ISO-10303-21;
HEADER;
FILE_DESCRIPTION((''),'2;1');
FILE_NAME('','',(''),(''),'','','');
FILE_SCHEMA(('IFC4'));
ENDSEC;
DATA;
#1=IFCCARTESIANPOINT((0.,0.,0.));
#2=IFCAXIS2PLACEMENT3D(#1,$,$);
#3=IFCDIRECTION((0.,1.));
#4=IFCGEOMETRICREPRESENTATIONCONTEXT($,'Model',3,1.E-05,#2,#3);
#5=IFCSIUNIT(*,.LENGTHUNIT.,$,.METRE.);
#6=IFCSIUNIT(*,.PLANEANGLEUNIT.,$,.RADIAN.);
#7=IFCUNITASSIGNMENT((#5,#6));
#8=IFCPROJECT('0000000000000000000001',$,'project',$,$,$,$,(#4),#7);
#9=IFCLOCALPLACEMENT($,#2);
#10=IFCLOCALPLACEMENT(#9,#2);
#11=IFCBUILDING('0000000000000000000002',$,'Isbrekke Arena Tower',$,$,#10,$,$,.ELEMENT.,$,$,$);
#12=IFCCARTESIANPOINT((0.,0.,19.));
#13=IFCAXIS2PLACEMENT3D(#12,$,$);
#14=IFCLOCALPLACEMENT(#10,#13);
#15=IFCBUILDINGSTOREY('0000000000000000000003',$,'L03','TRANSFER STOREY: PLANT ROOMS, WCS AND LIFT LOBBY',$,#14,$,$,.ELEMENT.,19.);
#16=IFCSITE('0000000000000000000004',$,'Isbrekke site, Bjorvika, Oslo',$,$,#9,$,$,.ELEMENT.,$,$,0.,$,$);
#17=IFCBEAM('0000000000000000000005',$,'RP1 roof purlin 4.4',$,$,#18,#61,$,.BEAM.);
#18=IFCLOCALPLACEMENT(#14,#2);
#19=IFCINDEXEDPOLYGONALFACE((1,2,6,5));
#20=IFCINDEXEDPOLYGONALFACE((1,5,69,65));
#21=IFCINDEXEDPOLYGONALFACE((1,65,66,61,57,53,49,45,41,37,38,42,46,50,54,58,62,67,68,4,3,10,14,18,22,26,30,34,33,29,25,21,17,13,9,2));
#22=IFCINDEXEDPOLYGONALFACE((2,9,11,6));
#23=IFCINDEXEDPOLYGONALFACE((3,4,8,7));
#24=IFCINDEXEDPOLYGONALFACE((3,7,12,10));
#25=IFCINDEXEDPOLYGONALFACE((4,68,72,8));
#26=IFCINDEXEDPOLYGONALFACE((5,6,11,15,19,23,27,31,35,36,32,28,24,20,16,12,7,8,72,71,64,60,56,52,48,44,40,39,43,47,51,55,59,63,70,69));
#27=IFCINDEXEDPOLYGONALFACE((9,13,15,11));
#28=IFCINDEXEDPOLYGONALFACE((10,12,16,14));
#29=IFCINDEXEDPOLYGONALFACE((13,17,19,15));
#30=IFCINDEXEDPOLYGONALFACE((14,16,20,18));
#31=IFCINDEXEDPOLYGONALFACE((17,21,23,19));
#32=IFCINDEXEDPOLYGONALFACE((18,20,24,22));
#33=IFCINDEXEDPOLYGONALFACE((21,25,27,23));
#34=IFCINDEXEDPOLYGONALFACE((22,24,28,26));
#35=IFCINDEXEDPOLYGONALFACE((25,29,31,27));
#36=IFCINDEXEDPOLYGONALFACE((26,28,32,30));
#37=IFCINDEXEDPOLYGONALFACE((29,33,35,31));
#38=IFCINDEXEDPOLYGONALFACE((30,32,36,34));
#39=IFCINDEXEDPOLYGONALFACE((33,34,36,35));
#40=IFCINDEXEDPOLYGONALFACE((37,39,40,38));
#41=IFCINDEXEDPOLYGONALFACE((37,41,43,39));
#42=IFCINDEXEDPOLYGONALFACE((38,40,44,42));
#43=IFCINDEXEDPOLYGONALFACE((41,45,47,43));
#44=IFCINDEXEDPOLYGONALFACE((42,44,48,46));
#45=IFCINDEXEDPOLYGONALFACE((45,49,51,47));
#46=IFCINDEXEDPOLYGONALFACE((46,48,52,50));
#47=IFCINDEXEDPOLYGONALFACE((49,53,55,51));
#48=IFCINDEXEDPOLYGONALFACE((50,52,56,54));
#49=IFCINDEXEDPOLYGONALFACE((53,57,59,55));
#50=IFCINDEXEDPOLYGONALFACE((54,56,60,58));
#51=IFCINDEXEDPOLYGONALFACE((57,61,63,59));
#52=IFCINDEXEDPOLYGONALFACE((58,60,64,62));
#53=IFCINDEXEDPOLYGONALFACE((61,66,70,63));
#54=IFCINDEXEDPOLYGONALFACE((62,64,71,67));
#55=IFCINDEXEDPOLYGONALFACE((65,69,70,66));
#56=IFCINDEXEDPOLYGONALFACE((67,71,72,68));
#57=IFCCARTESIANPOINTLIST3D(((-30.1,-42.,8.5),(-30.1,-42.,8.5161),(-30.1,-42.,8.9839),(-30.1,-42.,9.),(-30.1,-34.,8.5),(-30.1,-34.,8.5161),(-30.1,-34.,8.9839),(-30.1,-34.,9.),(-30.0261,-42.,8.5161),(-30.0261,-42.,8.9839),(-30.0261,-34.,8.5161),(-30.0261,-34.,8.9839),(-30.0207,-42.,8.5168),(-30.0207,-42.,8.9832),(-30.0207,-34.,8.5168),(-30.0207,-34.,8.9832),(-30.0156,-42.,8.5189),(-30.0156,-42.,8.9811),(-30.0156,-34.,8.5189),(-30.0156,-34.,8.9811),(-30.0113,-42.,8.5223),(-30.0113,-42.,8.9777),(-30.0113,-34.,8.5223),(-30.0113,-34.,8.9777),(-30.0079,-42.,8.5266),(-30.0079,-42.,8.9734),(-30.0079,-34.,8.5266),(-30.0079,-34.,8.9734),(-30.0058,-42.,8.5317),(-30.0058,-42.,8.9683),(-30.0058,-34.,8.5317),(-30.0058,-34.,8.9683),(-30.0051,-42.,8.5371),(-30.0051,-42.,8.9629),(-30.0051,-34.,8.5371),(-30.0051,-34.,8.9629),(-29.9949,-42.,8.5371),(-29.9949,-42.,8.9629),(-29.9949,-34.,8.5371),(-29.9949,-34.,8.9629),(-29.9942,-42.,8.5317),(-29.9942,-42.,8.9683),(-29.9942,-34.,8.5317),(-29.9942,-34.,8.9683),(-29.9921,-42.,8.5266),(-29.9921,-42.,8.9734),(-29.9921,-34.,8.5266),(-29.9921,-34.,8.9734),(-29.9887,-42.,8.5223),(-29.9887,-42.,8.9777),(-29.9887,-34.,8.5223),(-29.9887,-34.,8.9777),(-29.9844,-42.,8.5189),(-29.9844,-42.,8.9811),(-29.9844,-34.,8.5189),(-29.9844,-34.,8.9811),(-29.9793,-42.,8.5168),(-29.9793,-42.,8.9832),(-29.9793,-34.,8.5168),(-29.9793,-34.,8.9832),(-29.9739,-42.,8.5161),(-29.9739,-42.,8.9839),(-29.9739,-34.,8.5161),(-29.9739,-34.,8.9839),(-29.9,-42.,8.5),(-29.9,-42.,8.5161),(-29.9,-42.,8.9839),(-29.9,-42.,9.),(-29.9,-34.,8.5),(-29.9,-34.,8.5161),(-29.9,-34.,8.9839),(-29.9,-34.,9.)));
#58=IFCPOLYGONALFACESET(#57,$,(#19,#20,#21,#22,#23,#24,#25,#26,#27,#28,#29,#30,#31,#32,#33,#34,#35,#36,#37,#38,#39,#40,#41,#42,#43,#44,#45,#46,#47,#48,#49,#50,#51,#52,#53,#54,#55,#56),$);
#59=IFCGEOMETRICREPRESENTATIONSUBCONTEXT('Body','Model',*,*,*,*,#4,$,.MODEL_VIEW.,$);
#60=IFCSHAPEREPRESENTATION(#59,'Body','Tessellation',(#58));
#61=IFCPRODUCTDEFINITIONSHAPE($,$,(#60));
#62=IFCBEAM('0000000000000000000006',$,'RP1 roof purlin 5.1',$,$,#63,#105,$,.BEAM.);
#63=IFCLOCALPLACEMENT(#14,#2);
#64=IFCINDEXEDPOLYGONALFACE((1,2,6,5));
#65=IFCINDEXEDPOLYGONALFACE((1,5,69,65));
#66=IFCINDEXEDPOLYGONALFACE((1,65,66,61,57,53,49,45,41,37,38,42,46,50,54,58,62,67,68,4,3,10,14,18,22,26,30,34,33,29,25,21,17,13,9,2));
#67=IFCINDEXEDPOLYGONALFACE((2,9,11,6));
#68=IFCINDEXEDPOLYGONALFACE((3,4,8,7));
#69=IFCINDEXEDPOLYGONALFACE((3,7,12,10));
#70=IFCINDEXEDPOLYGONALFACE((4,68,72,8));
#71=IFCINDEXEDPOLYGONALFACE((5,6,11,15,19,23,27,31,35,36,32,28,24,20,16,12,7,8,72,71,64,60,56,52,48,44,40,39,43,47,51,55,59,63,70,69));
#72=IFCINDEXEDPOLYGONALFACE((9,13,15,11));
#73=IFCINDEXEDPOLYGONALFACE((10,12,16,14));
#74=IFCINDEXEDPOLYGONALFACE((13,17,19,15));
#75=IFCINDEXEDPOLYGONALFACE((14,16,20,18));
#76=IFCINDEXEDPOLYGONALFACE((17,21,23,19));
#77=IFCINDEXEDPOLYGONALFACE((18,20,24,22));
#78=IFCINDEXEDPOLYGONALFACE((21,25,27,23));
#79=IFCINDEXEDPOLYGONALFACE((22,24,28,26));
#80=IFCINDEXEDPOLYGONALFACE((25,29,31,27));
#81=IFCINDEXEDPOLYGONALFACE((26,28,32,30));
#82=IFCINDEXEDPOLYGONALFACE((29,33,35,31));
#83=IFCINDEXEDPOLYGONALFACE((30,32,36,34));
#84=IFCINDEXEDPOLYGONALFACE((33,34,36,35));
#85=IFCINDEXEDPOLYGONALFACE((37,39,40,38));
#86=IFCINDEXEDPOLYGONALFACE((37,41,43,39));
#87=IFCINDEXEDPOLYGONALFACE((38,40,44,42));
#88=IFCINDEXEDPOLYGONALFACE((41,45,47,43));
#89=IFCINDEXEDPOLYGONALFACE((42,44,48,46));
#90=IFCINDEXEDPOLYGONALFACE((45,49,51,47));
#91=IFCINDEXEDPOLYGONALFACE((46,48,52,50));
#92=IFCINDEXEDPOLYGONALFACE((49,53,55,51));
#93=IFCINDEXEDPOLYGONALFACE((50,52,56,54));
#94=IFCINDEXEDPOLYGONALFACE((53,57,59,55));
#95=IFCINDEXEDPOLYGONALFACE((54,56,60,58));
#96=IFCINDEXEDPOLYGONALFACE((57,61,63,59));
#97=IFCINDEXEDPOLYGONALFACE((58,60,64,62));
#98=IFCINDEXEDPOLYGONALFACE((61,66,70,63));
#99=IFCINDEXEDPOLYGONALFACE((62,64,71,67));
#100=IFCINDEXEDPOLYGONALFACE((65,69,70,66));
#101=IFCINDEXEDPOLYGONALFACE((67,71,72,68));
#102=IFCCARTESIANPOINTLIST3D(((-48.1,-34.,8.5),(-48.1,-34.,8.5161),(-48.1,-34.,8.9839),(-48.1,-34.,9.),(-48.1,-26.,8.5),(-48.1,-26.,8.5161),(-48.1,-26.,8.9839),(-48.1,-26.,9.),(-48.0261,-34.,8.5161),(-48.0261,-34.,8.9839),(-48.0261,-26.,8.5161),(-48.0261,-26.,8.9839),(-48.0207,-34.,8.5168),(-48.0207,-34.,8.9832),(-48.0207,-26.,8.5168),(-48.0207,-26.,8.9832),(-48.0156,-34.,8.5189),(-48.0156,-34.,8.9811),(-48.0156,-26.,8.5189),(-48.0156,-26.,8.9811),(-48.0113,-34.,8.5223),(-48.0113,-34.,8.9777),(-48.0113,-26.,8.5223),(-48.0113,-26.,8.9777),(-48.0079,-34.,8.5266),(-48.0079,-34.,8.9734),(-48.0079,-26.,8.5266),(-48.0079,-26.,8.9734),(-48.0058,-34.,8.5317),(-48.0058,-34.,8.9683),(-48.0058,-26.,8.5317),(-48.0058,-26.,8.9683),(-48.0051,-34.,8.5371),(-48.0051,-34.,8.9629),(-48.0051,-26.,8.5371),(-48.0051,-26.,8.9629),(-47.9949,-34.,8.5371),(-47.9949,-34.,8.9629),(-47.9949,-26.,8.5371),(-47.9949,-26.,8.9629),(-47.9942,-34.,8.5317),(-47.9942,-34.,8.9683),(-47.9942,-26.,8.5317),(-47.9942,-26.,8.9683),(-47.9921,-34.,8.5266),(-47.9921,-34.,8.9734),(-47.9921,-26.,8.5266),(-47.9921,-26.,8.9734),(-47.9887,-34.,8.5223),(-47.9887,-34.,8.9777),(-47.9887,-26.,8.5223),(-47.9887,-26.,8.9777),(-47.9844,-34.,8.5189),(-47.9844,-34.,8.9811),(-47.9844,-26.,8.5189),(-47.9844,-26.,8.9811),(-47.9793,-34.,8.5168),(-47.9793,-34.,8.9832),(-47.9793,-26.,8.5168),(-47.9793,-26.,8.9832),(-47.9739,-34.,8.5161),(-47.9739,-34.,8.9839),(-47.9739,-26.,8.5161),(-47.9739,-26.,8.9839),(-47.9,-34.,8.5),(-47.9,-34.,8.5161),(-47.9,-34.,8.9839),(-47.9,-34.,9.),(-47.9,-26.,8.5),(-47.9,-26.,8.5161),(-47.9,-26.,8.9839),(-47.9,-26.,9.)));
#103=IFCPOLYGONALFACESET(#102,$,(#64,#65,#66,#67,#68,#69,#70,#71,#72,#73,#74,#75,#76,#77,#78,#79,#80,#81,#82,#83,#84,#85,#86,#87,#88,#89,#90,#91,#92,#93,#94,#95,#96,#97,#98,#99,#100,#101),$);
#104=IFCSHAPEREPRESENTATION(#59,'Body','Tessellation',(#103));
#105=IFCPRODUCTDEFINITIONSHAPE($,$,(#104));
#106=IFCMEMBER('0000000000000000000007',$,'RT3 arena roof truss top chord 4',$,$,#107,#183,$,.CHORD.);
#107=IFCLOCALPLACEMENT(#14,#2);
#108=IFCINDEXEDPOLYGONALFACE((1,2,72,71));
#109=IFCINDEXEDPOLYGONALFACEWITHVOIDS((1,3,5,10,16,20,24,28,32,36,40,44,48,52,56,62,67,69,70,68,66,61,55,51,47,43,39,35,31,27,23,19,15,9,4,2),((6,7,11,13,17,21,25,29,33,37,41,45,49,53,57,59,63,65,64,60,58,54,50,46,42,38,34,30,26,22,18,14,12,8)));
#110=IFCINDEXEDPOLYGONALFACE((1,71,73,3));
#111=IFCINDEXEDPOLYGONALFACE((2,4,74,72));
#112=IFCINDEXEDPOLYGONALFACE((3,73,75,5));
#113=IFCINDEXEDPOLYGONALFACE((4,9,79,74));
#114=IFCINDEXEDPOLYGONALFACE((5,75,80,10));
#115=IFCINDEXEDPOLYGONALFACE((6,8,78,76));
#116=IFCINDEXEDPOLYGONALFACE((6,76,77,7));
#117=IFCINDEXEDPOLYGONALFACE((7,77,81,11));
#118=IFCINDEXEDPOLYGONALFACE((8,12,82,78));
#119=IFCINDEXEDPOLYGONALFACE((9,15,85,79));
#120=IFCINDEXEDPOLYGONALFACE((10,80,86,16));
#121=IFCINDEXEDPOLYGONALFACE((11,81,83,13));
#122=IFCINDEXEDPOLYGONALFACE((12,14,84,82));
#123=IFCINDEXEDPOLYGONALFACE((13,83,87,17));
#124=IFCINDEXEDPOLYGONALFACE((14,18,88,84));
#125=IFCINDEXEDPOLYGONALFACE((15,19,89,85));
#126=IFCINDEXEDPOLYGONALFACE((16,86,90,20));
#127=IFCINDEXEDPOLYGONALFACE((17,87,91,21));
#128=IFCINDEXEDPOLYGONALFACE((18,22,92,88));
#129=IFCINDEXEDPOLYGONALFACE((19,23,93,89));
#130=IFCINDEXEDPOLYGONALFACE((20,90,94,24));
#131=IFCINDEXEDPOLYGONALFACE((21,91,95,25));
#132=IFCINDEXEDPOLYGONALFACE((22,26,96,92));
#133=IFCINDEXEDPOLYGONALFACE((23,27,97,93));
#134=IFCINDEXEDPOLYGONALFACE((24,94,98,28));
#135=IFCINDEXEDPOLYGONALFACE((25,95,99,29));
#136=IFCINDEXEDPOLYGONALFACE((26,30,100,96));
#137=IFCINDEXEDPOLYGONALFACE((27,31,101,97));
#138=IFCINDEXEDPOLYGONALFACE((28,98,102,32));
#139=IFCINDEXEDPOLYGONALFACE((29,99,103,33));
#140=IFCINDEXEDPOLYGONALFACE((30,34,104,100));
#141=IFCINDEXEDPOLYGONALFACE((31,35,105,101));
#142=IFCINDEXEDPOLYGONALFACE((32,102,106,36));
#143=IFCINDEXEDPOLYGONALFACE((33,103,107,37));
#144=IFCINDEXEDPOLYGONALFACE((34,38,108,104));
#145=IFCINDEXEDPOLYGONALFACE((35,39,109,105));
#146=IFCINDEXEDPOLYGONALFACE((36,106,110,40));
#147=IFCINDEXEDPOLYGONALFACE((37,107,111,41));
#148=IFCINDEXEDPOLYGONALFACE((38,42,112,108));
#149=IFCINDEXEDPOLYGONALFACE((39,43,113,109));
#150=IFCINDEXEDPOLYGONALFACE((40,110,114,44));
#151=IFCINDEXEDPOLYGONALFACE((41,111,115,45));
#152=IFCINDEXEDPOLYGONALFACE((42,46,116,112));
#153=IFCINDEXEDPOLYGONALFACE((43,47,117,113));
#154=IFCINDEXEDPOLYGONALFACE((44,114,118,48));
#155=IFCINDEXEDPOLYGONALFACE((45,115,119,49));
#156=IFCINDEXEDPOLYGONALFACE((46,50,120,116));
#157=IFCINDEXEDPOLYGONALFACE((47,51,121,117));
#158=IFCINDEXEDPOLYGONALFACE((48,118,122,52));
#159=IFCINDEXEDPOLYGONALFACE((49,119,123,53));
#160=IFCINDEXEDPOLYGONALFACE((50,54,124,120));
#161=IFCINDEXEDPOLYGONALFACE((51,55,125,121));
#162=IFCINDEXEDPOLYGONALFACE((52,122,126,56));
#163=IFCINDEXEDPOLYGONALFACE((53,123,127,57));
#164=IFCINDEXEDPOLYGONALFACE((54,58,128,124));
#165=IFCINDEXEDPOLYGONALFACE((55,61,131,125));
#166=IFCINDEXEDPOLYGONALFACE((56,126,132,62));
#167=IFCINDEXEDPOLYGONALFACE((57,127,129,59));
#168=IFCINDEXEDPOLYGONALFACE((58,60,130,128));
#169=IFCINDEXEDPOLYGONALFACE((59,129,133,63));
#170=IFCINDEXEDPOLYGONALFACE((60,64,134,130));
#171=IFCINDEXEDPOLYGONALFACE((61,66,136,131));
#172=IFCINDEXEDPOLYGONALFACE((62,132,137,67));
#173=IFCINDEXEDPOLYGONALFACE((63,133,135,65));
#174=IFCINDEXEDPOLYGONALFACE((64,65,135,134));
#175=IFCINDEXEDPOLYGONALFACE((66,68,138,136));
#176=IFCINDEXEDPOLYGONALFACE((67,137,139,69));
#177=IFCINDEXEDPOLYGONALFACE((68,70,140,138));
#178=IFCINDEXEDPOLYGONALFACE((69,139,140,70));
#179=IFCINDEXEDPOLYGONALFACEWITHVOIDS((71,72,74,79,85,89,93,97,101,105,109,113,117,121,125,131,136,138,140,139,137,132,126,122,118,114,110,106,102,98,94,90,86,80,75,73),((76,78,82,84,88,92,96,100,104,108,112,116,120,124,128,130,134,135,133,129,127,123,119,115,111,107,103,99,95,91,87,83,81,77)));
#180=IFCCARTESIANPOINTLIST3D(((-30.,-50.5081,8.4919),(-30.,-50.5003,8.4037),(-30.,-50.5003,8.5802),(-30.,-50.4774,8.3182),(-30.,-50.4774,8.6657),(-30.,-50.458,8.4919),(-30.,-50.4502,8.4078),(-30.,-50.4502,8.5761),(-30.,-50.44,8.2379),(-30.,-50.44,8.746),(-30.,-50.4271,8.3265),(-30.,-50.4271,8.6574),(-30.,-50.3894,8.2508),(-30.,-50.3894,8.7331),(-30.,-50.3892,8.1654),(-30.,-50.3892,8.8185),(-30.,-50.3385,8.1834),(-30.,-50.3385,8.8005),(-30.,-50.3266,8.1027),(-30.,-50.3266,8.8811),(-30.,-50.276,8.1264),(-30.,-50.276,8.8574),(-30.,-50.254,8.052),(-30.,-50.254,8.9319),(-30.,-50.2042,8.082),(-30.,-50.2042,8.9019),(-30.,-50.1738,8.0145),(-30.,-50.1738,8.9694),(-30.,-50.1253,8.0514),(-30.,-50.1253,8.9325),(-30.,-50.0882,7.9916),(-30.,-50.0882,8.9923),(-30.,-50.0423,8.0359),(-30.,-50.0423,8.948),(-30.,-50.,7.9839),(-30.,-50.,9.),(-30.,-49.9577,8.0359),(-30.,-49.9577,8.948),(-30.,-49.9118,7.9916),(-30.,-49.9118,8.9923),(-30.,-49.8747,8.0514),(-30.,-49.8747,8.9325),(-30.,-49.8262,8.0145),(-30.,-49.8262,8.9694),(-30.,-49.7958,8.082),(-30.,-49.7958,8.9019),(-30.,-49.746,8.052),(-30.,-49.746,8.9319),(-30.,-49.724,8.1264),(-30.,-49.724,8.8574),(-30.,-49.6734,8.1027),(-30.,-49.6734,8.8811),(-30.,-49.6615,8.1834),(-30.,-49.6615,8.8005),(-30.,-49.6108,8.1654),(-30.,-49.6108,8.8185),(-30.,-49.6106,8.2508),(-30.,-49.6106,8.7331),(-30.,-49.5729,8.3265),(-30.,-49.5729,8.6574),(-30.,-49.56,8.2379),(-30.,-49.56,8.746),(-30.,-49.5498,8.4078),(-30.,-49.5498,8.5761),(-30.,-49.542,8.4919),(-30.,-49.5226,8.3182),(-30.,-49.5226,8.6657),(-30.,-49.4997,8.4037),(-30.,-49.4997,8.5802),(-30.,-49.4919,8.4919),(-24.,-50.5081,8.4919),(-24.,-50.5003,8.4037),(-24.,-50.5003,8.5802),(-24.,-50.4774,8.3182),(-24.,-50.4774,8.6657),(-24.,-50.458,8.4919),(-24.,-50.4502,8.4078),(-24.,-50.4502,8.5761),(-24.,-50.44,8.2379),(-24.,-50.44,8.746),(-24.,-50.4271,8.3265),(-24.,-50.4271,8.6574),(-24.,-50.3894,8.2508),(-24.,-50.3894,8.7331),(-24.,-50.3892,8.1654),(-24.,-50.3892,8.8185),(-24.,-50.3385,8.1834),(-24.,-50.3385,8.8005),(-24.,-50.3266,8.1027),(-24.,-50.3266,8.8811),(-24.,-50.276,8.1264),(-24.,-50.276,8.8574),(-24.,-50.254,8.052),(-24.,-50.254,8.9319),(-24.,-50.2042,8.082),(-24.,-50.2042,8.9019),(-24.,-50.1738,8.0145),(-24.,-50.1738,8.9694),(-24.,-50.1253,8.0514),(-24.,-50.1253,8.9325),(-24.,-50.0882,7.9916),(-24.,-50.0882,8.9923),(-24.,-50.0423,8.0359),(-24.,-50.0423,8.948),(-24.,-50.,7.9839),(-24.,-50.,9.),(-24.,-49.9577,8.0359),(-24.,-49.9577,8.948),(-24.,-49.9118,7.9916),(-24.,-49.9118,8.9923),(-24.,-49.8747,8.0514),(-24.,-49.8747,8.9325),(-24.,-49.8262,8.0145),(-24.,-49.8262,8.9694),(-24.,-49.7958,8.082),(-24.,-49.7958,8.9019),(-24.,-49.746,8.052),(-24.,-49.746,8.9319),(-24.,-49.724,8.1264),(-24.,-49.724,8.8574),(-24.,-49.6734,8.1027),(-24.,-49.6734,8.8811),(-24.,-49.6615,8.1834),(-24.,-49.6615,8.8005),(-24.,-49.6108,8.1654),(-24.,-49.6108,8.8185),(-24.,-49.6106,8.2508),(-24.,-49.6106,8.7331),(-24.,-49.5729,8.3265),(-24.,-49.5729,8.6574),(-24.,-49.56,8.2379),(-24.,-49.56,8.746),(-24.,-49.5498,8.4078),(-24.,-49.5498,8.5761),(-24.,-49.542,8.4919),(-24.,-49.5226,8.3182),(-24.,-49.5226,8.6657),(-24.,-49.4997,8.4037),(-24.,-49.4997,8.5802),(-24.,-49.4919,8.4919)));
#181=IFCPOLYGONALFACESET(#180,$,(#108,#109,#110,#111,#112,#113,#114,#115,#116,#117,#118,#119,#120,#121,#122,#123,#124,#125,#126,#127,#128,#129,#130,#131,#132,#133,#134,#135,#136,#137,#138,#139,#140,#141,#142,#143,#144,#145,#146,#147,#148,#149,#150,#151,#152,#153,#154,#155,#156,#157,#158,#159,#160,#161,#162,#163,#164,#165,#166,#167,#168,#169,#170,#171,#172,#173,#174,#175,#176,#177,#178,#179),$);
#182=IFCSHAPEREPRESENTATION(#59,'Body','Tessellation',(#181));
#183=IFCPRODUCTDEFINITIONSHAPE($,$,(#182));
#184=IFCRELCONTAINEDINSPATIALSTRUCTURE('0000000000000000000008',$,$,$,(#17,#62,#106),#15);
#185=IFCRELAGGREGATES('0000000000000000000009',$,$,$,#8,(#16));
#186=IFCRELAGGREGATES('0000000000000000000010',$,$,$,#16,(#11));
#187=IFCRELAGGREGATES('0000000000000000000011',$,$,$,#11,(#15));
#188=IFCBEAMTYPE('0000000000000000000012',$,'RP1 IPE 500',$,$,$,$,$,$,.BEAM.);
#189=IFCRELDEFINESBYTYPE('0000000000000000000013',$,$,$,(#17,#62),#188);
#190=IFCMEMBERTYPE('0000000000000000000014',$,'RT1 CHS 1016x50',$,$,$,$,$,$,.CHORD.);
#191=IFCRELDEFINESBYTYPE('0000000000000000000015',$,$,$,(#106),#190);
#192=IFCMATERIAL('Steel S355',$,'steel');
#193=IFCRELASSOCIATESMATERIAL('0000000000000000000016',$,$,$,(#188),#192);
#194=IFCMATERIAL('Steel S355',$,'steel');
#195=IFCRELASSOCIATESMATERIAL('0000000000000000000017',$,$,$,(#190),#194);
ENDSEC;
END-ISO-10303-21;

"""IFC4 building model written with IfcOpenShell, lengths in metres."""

from ifc_helpers import new_model, si_unit, direction, frame, origin, origin_2d, place, context, subcontext, project, spatial, hollow_circle, i_section, extrude, material, material_profile, profile_set, type_object, element, save


model = new_model("IFC4")

# Units and contexts
model_context = context("Model", 3, precision=1e-05, world=origin(), true_north=direction((0.0, 1.0)))
body_context = subcontext(model_context, "Body", "Model", "MODEL_VIEW")
ifc_project = project(units=[si_unit("LENGTHUNIT", "METRE"), si_unit("PLANEANGLEUNIT", "RADIAN")], contexts=[model_context])

# Site, building, storey
site_placement = place(None, origin())
site = spatial("IfcSite", under=ifc_project, at=site_placement, Name="Isbrekke site, Bjorvika, Oslo", CompositionType="ELEMENT", RefElevation=0.0)
building_placement = place(site_placement, origin())
building = spatial("IfcBuilding", under=site, at=building_placement, Name="Isbrekke Arena Tower", CompositionType="ELEMENT")
storey_placement = place(building_placement, frame((0.0, 0.0, 19.0)))
storey = spatial("IfcBuildingStorey", under=building, at=storey_placement, Name="L03", Description="TRANSFER STOREY: PLANT ROOMS, WCS AND LIFT LOBBY", CompositionType="ELEMENT", Elevation=19.0)

# Beams
ifc_material_1 = material(Name="Steel S355", Category="steel")
ifc_material_profile_1 = material_profile(ifc_material_1, i_section(OverallWidth=0.2, OverallDepth=0.5, WebThickness=0.0103, FlangeThickness=0.0161, FilletRadius=0.021, at=origin_2d()), Name="IPE 500")
ifc_profile_set_1 = profile_set([ifc_material_profile_1], Name="Steel S355")
beam_type = type_object("IfcBeamType", Name="RP1 IPE 500", PredefinedType="BEAM", material=ifc_profile_set_1)
for number, where, z_axis, x_axis, name in (
    (1, (-30.0, -42.0, 8.75), (0.0, 1.0, 0.0), (-1.0, 0.0, 0.0), "RP1 roof purlin 4.4"),
    (2, (-48.0, -34.0, 8.75), (0.0, 1.0, 0.0), (-1.0, 0.0, 0.0), "RP1 roof purlin 5.1"),
):
    element("IfcBeam", number, at=place(storey_placement, frame(where, z_axis=z_axis, x_axis=x_axis)), inside=storey, type_object=beam_type, Name=name, PredefinedType="BEAM", context=body_context, shape_type="SweptSolid", body=[
        extrude(i_section(OverallWidth=0.2, OverallDepth=0.5, WebThickness=0.0103, FlangeThickness=0.0161, FilletRadius=0.021, at=origin_2d()), origin(), (0.0, 0.0, 1.0), 8.0),
    ])

# Member
ifc_material_2 = material(Name="Steel S355", Category="steel")
ifc_material_profile_2 = material_profile(ifc_material_2, hollow_circle(Radius=0.5081, WallThickness=0.05, at=origin_2d()), Name="CHS 1016x50")
ifc_profile_set_2 = profile_set([ifc_material_profile_2], Name="Steel S355")
member_type_1 = type_object("IfcMemberType", Name="RT1 CHS 1016x50", PredefinedType="CHORD", material=ifc_profile_set_2)
for number, where, z_axis, x_axis, name in (
    (3, (-30.0, -50.0, 8.4919), (1.0, 0.0, 0.0), (0.0, 1.0, 0.0), "RT3 arena roof truss top chord 4"),
):
    element("IfcMember", number, at=place(storey_placement, frame(where, z_axis=z_axis, x_axis=x_axis)), inside=storey, type_object=member_type_1, Name=name, PredefinedType="CHORD", context=body_context, shape_type="SweptSolid", body=[
        extrude(hollow_circle(Radius=0.5081, WallThickness=0.05, at=origin_2d()), origin(), (0.0, 0.0, 1.0), 6.0),
    ])

save(model, "model.ifc")
